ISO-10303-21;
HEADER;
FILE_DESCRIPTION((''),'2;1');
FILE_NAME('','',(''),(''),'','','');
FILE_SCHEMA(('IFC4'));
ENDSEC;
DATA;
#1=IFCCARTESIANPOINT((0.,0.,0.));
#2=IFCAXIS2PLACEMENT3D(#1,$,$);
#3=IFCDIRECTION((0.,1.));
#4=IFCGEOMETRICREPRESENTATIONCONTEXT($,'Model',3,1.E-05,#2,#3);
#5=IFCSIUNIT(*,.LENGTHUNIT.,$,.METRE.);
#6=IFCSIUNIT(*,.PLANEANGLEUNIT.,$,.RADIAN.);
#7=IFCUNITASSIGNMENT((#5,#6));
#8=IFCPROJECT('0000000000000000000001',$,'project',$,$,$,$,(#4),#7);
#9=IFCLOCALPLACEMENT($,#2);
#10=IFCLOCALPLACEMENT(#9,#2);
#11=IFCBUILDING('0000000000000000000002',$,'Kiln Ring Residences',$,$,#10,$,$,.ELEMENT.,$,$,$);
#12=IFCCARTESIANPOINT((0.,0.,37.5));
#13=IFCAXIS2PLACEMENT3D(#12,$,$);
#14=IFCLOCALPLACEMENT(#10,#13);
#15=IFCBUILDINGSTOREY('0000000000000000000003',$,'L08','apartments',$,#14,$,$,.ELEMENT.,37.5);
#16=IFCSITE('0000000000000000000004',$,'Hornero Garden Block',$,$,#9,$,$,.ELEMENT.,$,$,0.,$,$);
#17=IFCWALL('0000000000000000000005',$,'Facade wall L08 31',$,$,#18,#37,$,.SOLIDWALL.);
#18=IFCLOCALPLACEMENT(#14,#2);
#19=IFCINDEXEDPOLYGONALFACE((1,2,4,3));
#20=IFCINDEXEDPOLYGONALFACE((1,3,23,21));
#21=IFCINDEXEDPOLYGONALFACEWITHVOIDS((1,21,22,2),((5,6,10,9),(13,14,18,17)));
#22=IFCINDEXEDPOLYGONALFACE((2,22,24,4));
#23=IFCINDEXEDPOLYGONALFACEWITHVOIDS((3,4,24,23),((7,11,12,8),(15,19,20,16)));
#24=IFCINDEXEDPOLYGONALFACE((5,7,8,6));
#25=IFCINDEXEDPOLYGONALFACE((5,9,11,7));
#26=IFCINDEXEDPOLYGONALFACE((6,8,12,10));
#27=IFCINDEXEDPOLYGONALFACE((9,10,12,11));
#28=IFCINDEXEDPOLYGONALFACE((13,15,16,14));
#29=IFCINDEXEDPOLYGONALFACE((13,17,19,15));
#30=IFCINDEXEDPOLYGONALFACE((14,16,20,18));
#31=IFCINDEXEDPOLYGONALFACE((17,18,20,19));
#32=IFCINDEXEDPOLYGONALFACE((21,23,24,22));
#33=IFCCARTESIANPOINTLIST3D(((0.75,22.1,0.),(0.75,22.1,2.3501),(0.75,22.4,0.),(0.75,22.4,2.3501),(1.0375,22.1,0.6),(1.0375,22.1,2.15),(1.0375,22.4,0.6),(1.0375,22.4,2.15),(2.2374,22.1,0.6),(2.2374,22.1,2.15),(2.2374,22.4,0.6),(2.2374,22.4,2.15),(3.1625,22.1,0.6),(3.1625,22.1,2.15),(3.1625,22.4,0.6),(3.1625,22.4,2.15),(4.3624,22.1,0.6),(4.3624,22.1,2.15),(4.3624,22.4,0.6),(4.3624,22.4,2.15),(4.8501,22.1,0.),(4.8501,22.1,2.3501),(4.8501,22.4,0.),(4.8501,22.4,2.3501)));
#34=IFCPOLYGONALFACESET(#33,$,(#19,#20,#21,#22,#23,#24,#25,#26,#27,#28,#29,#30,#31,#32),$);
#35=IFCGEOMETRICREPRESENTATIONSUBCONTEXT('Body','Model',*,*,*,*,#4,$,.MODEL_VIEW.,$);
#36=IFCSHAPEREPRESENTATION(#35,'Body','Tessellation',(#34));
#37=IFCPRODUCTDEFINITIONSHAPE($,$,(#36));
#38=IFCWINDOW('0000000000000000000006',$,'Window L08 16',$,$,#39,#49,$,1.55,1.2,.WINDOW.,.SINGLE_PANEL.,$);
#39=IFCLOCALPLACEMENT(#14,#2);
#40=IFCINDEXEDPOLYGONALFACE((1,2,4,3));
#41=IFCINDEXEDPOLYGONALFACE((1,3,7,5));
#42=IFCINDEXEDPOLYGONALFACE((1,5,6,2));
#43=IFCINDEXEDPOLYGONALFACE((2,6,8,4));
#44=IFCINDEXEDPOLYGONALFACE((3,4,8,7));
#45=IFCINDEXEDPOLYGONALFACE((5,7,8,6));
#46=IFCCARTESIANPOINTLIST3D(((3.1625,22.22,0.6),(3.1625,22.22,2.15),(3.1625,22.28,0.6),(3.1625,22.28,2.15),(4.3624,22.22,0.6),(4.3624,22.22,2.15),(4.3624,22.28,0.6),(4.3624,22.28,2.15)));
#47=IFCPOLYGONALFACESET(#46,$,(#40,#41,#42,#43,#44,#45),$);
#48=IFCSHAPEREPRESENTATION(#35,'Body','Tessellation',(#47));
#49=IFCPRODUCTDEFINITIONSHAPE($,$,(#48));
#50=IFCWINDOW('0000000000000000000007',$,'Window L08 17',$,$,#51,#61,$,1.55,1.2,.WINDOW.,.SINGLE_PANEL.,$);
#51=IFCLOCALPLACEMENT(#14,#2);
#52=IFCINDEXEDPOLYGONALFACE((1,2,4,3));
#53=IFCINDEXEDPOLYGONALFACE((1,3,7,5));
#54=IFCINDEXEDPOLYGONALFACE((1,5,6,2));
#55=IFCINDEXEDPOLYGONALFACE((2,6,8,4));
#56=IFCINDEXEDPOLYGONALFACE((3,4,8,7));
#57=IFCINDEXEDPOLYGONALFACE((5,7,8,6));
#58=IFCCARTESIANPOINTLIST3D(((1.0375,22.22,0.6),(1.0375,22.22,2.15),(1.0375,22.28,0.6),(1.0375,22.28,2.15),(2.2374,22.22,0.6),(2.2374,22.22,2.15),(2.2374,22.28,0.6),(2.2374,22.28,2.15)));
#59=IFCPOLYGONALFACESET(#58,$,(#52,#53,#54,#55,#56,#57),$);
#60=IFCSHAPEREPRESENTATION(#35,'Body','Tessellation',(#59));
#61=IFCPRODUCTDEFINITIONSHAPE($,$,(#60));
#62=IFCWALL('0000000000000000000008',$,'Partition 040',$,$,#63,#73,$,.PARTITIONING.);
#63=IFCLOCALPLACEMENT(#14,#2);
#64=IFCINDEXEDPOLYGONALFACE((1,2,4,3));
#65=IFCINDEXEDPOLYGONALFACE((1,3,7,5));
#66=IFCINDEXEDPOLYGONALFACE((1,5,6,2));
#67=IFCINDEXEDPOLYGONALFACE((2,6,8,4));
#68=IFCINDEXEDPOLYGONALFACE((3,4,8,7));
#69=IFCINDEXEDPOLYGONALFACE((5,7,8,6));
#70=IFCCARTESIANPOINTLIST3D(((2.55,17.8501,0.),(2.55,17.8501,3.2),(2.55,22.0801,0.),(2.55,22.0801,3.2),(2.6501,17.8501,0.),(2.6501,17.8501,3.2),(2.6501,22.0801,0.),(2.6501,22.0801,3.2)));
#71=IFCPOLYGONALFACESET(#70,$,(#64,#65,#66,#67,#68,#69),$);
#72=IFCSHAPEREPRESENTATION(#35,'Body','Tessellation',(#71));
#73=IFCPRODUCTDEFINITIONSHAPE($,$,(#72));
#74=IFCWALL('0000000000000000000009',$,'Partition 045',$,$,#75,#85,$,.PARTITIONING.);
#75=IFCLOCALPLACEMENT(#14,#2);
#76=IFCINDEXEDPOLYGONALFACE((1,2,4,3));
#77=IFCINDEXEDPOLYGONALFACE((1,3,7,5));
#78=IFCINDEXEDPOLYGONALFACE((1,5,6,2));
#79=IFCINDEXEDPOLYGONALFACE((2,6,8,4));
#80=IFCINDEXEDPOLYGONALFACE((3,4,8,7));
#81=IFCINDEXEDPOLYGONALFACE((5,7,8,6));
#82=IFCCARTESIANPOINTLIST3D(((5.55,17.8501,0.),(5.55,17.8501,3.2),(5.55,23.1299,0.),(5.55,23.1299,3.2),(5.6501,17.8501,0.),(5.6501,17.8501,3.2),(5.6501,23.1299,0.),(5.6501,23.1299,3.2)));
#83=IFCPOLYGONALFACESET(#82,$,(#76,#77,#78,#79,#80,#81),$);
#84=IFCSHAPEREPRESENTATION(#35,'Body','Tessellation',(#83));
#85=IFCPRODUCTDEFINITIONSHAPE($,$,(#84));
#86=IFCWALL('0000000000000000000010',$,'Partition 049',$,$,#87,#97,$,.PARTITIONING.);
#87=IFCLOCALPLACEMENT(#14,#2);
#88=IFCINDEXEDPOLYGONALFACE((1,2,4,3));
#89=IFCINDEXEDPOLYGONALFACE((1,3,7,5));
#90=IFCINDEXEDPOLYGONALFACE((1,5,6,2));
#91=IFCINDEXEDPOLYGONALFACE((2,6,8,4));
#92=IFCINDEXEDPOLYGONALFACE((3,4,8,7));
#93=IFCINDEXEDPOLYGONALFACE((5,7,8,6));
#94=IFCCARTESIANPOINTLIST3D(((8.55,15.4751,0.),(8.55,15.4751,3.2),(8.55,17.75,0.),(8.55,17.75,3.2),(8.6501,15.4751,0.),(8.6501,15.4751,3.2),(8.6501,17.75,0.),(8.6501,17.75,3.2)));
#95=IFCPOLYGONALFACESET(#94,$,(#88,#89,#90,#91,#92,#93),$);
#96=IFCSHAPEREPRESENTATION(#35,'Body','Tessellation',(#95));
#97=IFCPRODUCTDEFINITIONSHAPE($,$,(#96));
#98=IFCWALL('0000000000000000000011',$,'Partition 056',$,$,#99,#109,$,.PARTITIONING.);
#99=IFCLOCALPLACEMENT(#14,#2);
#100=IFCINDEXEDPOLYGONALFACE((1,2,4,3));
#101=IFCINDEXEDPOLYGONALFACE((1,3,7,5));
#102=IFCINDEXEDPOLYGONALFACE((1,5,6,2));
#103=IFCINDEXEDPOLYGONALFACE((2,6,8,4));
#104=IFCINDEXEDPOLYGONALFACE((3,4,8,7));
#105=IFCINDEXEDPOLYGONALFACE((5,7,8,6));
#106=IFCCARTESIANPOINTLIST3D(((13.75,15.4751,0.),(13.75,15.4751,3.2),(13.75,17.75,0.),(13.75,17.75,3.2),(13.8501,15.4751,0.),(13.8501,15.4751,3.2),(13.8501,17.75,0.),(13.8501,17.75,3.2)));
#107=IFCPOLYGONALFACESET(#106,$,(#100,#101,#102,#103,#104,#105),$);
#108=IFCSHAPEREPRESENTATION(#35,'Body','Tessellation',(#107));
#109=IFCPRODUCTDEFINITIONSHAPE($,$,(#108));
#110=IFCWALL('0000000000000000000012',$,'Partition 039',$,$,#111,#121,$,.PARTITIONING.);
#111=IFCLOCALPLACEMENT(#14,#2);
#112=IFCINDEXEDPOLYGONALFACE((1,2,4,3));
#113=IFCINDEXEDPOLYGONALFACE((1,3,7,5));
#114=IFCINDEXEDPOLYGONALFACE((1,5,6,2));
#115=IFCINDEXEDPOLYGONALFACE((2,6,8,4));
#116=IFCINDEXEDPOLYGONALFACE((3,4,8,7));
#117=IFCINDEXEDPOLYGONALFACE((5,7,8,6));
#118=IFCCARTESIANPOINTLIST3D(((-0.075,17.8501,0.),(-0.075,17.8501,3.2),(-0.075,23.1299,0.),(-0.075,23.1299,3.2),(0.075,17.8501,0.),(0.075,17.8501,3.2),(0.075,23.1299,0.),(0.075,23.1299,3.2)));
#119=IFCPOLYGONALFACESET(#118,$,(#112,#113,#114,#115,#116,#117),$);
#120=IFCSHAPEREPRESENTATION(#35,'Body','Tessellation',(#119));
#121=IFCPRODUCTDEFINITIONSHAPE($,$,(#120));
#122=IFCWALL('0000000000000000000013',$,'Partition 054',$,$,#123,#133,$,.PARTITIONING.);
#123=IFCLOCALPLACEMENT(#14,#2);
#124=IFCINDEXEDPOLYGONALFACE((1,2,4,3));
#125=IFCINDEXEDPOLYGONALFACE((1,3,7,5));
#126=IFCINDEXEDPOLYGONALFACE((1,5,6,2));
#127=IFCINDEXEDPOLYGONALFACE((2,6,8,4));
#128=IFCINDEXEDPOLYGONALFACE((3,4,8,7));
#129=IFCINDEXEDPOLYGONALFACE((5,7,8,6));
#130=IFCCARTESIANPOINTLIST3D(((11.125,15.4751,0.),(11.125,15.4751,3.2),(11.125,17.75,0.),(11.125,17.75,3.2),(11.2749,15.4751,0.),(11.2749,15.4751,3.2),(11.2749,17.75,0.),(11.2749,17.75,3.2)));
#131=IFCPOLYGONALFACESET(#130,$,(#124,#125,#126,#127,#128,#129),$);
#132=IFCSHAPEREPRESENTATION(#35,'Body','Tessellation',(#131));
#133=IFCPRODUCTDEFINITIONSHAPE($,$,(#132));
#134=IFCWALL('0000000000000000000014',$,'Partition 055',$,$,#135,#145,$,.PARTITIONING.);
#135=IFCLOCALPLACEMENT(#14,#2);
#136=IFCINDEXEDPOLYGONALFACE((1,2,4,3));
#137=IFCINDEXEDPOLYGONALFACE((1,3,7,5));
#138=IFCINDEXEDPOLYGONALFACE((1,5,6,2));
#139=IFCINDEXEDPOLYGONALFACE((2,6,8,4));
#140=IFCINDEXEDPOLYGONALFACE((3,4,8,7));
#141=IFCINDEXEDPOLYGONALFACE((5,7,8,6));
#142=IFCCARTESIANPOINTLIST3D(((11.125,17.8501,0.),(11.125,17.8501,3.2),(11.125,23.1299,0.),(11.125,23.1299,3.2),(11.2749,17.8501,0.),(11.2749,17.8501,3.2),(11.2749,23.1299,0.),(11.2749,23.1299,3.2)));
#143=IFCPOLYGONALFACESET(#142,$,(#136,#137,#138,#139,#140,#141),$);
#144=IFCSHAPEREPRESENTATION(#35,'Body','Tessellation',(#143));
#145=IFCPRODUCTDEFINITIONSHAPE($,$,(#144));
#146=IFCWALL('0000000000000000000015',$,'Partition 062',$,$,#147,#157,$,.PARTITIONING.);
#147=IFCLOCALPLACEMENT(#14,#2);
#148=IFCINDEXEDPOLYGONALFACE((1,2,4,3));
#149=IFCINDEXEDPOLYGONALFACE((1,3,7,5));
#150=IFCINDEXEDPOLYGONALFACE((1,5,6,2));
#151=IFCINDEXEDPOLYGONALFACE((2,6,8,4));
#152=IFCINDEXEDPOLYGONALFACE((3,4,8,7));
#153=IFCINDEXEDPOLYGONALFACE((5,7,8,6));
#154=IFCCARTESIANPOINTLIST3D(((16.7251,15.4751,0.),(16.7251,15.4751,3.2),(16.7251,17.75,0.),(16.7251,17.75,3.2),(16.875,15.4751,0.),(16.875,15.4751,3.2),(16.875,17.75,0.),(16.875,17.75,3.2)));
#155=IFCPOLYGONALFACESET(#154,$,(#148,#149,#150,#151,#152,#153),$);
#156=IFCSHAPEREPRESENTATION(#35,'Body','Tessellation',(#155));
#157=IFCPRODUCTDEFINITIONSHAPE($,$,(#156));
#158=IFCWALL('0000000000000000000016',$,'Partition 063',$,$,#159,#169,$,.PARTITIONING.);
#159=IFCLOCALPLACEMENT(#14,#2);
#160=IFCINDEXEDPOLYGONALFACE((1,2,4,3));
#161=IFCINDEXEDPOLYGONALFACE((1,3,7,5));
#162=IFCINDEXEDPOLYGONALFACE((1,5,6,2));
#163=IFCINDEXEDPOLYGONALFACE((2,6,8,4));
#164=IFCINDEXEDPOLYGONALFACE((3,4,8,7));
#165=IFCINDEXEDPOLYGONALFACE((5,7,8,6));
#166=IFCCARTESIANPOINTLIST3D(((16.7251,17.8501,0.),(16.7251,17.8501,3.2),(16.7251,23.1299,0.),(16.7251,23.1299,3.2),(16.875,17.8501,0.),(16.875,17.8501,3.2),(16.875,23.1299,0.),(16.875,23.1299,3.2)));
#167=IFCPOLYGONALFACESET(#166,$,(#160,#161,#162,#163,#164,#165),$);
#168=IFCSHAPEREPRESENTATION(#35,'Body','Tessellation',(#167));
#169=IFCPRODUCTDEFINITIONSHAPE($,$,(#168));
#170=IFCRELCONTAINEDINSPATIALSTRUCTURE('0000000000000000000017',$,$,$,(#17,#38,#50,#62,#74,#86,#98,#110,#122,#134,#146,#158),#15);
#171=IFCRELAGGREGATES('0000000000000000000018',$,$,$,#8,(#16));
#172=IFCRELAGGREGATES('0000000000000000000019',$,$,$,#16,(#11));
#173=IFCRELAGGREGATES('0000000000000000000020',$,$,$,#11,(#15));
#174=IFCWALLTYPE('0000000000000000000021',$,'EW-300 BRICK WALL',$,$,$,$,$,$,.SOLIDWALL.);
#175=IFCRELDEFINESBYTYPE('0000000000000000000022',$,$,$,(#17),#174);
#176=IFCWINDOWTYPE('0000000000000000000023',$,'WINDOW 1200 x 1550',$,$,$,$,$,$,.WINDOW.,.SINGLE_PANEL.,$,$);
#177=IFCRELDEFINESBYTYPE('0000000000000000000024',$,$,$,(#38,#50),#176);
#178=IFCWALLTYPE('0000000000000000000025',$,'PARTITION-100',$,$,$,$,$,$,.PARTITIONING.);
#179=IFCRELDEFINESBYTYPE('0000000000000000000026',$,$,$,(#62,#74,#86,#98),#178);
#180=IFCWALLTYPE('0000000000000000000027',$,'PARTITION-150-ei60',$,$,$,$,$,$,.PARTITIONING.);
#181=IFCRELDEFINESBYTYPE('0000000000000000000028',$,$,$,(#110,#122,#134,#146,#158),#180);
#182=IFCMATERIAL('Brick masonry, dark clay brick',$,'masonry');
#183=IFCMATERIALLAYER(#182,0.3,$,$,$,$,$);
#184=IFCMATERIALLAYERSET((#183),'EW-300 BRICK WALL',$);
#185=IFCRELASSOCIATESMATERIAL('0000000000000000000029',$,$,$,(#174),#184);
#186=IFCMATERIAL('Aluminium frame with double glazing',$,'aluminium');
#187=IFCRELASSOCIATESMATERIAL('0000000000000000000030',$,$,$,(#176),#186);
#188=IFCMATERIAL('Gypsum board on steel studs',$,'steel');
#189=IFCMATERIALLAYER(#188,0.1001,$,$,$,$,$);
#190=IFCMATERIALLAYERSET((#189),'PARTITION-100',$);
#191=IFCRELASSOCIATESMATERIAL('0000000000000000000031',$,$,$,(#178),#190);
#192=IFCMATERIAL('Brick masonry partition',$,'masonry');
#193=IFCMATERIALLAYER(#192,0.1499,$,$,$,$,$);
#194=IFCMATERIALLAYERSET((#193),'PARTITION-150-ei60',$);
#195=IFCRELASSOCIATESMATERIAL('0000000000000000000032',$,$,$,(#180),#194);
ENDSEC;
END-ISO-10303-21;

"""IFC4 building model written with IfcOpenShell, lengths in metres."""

from ifc_helpers import new_model, si_unit, direction, frame, frame_2d, origin, place, context, subcontext, project, spatial, rectangle, extrude, material, layer, layer_set, type_object, element, fill, save


model = new_model("IFC4")

# Units and contexts
model_context = context("Model", 3, precision=1e-05, world=origin(), true_north=direction((0.0, 1.0)))
body_context = subcontext(model_context, "Body", "Model", "MODEL_VIEW")
ifc_project = project(units=[si_unit("LENGTHUNIT", "METRE"), si_unit("PLANEANGLEUNIT", "RADIAN")], contexts=[model_context])

# Site, building, storey
site_placement = place(None, origin())
site = spatial("IfcSite", under=ifc_project, at=site_placement, Name="Hornero Garden Block", CompositionType="ELEMENT", RefElevation=0.0)
building_placement = place(site_placement, origin())
building = spatial("IfcBuilding", under=site, at=building_placement, Name="Kiln Ring Residences", CompositionType="ELEMENT")
storey_placement = place(building_placement, frame((0.0, 0.0, 37.5)))
storey = spatial("IfcBuildingStorey", under=building, at=storey_placement, Name="L08", Description="apartments", CompositionType="ELEMENT", Elevation=37.5)

# Shared definitions
ifc_material_1 = material(Name="Brick masonry, dark clay brick", Category="masonry")
ifc_layer_1 = layer(ifc_material_1, 0.3)
ifc_layer_set_1 = layer_set([ifc_layer_1], Name="EW-300 BRICK WALL")
wall_type_1 = type_object("IfcWallType", Name="EW-300 BRICK WALL", PredefinedType="SOLIDWALL", material=ifc_layer_set_1)

# Wall, openings, windows
wall_1_placement = place(storey_placement, frame((4.8501, 22.25, 0.0), z_axis=(0.0, 0.0, 1.0), x_axis=(-1.0, 0.0, 0.0)))
wall_1 = element("IfcWall", 1, at=wall_1_placement, inside=storey, type_object=wall_type_1, Name="Facade wall L08 31", PredefinedType="SOLIDWALL", context=body_context, shape_type="SweptSolid", body=[
    extrude(rectangle(XDim=4.1001, YDim=0.3, at=frame_2d((2.05, 0.0))), origin(), (0.0, 0.0, 1.0), 2.3501),
])
opening_1_placement = place(wall_1_placement, frame((0.4875, 0.0, 0.6001)))
opening_1 = element("IfcOpeningElement", 2, at=opening_1_placement, cuts=wall_1, PredefinedType="OPENING", context=body_context, shape_type="SweptSolid", body=[
    extrude(rectangle(XDim=1.2, YDim=1.55, at=frame_2d((0.6001, 0.7749))), frame((0.0, 0.1599, 0.0), z_axis=(0.0, -1.0, 0.0), x_axis=(1.0, 0.0, 0.0)), (0.0, 0.0, 1.0), 0.3201),
])
opening_2_placement = place(wall_1_placement, frame((2.6125, 0.0, 0.6001)))
opening_2 = element("IfcOpeningElement", 3, at=opening_2_placement, cuts=wall_1, PredefinedType="OPENING", context=body_context, shape_type="SweptSolid", body=[
    extrude(rectangle(XDim=1.2, YDim=1.55, at=frame_2d((0.6001, 0.7749))), frame((0.0, 0.1599, 0.0), z_axis=(0.0, -1.0, 0.0), x_axis=(1.0, 0.0, 0.0)), (0.0, 0.0, 1.0), 0.3201),
])
ifc_material_2 = material(Name="Aluminium frame with double glazing", Category="aluminium")
window_type_1 = type_object("IfcWindowType", Name="WINDOW 1200 x 1550", PartitioningType="SINGLE_PANEL", PredefinedType="WINDOW", material=ifc_material_2)
window_1_placement = place(opening_1_placement, origin())
window_1 = element("IfcWindow", 4, at=window_1_placement, inside=storey, type_object=window_type_1, Name="Window L08 16", OverallHeight=1.55, OverallWidth=1.2, PartitioningType="SINGLE_PANEL", PredefinedType="WINDOW", context=body_context, shape_type="SweptSolid", body=[
    extrude(rectangle(XDim=1.2, YDim=1.55, at=frame_2d((0.6001, 0.7749))), frame((0.0, 0.03, 0.0), z_axis=(0.0, -1.0, 0.0), x_axis=(1.0, 0.0, 0.0)), (0.0, 0.0, 1.0), 0.0601),
])
fill(opening_1, window_1)
window_2_placement = place(opening_2_placement, origin())
window_2 = element("IfcWindow", 5, at=window_2_placement, inside=storey, type_object=window_type_1, Name="Window L08 17", OverallHeight=1.55, OverallWidth=1.2, PartitioningType="SINGLE_PANEL", PredefinedType="WINDOW", context=body_context, shape_type="SweptSolid", body=[
    extrude(rectangle(XDim=1.2, YDim=1.55, at=frame_2d((0.6001, 0.7749))), frame((0.0, 0.03, 0.0), z_axis=(0.0, -1.0, 0.0), x_axis=(1.0, 0.0, 0.0)), (0.0, 0.0, 1.0), 0.0601),
])
fill(opening_2, window_2)

# Walls
ifc_material_3 = material(Name="Gypsum board on steel studs", Category="steel")
ifc_layer_2 = layer(ifc_material_3, 0.1001)
ifc_layer_set_2 = layer_set([ifc_layer_2], Name="PARTITION-100")
wall_type_2 = type_object("IfcWallType", Name="PARTITION-100", PredefinedType="PARTITIONING", material=ifc_layer_set_2)
wall_2_placement = place(storey_placement, frame((2.6001, 17.8501, 0.0), z_axis=(0.0, 0.0, 1.0), x_axis=(0.0, 1.0, 0.0)))
element("IfcWall", 6, at=wall_2_placement, inside=storey, type_object=wall_type_2, Name="Partition 040", PredefinedType="PARTITIONING", context=body_context, shape_type="SweptSolid", body=[
    extrude(rectangle(XDim=4.23, YDim=0.1001, at=frame_2d((2.115, 0.0))), origin(), (0.0, 0.0, 1.0), 3.2),
])
wall_3_placement = place(storey_placement, frame((5.6001, 17.8501, 0.0), z_axis=(0.0, 0.0, 1.0), x_axis=(0.0, 1.0, 0.0)))
element("IfcWall", 7, at=wall_3_placement, inside=storey, type_object=wall_type_2, Name="Partition 045", PredefinedType="PARTITIONING", context=body_context, shape_type="SweptSolid", body=[
    extrude(rectangle(XDim=5.2798, YDim=0.1001, at=frame_2d((2.6399, 0.0))), origin(), (0.0, 0.0, 1.0), 3.2),
])
for number, where, z_axis, x_axis, name in (
    (8, (8.6001, 15.4751, 0.0), (0.0, 0.0, 1.0), (0.0, 1.0, 0.0), "Partition 049"),
    (9, (13.8, 15.4751, 0.0), (0.0, 0.0, 1.0), (0.0, 1.0, 0.0), "Partition 056"),
):
    element("IfcWall", number, at=place(storey_placement, frame(where, z_axis=z_axis, x_axis=x_axis)), inside=storey, type_object=wall_type_2, Name=name, PredefinedType="PARTITIONING", context=body_context, shape_type="SweptSolid", body=[
        extrude(rectangle(XDim=2.2749, YDim=0.1001, at=frame_2d((1.1375, 0.0))), origin(), (0.0, 0.0, 1.0), 3.2),
    ])
ifc_material_4 = material(Name="Brick masonry partition", Category="masonry")
ifc_layer_3 = layer(ifc_material_4, 0.1499)
ifc_layer_set_3 = layer_set([ifc_layer_3], Name="PARTITION-150-ei60")
wall_type_3 = type_object("IfcWallType", Name="PARTITION-150-ei60", PredefinedType="PARTITIONING", material=ifc_layer_set_3)
wall_4_placement = place(storey_placement, frame((0.0, 17.8501, 0.0), z_axis=(0.0, 0.0, 1.0), x_axis=(0.0, 1.0, 0.0)))
element("IfcWall", 10, at=wall_4_placement, inside=storey, type_object=wall_type_3, Name="Partition 039", PredefinedType="PARTITIONING", context=body_context, shape_type="SweptSolid", body=[
    extrude(rectangle(XDim=5.2798, YDim=0.1499, at=frame_2d((2.6399, 0.0))), origin(), (0.0, 0.0, 1.0), 3.2),
])
wall_5_placement = place(storey_placement, frame((11.2, 15.4751, 0.0), z_axis=(0.0, 0.0, 1.0), x_axis=(0.0, 1.0, 0.0)))
element("IfcWall", 11, at=wall_5_placement, inside=storey, type_object=wall_type_3, Name="Partition 054", PredefinedType="PARTITIONING", context=body_context, shape_type="SweptSolid", body=[
    extrude(rectangle(XDim=2.2749, YDim=0.1499, at=frame_2d((1.1375, 0.0))), origin(), (0.0, 0.0, 1.0), 3.2),
])
wall_6_placement = place(storey_placement, frame((11.2, 17.8501, 0.0), z_axis=(0.0, 0.0, 1.0), x_axis=(0.0, 1.0, 0.0)))
element("IfcWall", 12, at=wall_6_placement, inside=storey, type_object=wall_type_3, Name="Partition 055", PredefinedType="PARTITIONING", context=body_context, shape_type="SweptSolid", body=[
    extrude(rectangle(XDim=5.2798, YDim=0.1499, at=frame_2d((2.6399, 0.0))), origin(), (0.0, 0.0, 1.0), 3.2),
])
wall_7_placement = place(storey_placement, frame((16.8, 15.4751, 0.0), z_axis=(0.0, 0.0, 1.0), x_axis=(0.0, 1.0, 0.0)))
element("IfcWall", 13, at=wall_7_placement, inside=storey, type_object=wall_type_3, Name="Partition 062", PredefinedType="PARTITIONING", context=body_context, shape_type="SweptSolid", body=[
    extrude(rectangle(XDim=2.2749, YDim=0.1499, at=frame_2d((1.1375, 0.0))), origin(), (0.0, 0.0, 1.0), 3.2),
])
wall_8_placement = place(storey_placement, frame((16.8, 17.8501, 0.0), z_axis=(0.0, 0.0, 1.0), x_axis=(0.0, 1.0, 0.0)))
element("IfcWall", 14, at=wall_8_placement, inside=storey, type_object=wall_type_3, Name="Partition 063", PredefinedType="PARTITIONING", context=body_context, shape_type="SweptSolid", body=[
    extrude(rectangle(XDim=5.2798, YDim=0.1499, at=frame_2d((2.6399, 0.0))), origin(), (0.0, 0.0, 1.0), 3.2),
])

save(model, "model.ifc")
